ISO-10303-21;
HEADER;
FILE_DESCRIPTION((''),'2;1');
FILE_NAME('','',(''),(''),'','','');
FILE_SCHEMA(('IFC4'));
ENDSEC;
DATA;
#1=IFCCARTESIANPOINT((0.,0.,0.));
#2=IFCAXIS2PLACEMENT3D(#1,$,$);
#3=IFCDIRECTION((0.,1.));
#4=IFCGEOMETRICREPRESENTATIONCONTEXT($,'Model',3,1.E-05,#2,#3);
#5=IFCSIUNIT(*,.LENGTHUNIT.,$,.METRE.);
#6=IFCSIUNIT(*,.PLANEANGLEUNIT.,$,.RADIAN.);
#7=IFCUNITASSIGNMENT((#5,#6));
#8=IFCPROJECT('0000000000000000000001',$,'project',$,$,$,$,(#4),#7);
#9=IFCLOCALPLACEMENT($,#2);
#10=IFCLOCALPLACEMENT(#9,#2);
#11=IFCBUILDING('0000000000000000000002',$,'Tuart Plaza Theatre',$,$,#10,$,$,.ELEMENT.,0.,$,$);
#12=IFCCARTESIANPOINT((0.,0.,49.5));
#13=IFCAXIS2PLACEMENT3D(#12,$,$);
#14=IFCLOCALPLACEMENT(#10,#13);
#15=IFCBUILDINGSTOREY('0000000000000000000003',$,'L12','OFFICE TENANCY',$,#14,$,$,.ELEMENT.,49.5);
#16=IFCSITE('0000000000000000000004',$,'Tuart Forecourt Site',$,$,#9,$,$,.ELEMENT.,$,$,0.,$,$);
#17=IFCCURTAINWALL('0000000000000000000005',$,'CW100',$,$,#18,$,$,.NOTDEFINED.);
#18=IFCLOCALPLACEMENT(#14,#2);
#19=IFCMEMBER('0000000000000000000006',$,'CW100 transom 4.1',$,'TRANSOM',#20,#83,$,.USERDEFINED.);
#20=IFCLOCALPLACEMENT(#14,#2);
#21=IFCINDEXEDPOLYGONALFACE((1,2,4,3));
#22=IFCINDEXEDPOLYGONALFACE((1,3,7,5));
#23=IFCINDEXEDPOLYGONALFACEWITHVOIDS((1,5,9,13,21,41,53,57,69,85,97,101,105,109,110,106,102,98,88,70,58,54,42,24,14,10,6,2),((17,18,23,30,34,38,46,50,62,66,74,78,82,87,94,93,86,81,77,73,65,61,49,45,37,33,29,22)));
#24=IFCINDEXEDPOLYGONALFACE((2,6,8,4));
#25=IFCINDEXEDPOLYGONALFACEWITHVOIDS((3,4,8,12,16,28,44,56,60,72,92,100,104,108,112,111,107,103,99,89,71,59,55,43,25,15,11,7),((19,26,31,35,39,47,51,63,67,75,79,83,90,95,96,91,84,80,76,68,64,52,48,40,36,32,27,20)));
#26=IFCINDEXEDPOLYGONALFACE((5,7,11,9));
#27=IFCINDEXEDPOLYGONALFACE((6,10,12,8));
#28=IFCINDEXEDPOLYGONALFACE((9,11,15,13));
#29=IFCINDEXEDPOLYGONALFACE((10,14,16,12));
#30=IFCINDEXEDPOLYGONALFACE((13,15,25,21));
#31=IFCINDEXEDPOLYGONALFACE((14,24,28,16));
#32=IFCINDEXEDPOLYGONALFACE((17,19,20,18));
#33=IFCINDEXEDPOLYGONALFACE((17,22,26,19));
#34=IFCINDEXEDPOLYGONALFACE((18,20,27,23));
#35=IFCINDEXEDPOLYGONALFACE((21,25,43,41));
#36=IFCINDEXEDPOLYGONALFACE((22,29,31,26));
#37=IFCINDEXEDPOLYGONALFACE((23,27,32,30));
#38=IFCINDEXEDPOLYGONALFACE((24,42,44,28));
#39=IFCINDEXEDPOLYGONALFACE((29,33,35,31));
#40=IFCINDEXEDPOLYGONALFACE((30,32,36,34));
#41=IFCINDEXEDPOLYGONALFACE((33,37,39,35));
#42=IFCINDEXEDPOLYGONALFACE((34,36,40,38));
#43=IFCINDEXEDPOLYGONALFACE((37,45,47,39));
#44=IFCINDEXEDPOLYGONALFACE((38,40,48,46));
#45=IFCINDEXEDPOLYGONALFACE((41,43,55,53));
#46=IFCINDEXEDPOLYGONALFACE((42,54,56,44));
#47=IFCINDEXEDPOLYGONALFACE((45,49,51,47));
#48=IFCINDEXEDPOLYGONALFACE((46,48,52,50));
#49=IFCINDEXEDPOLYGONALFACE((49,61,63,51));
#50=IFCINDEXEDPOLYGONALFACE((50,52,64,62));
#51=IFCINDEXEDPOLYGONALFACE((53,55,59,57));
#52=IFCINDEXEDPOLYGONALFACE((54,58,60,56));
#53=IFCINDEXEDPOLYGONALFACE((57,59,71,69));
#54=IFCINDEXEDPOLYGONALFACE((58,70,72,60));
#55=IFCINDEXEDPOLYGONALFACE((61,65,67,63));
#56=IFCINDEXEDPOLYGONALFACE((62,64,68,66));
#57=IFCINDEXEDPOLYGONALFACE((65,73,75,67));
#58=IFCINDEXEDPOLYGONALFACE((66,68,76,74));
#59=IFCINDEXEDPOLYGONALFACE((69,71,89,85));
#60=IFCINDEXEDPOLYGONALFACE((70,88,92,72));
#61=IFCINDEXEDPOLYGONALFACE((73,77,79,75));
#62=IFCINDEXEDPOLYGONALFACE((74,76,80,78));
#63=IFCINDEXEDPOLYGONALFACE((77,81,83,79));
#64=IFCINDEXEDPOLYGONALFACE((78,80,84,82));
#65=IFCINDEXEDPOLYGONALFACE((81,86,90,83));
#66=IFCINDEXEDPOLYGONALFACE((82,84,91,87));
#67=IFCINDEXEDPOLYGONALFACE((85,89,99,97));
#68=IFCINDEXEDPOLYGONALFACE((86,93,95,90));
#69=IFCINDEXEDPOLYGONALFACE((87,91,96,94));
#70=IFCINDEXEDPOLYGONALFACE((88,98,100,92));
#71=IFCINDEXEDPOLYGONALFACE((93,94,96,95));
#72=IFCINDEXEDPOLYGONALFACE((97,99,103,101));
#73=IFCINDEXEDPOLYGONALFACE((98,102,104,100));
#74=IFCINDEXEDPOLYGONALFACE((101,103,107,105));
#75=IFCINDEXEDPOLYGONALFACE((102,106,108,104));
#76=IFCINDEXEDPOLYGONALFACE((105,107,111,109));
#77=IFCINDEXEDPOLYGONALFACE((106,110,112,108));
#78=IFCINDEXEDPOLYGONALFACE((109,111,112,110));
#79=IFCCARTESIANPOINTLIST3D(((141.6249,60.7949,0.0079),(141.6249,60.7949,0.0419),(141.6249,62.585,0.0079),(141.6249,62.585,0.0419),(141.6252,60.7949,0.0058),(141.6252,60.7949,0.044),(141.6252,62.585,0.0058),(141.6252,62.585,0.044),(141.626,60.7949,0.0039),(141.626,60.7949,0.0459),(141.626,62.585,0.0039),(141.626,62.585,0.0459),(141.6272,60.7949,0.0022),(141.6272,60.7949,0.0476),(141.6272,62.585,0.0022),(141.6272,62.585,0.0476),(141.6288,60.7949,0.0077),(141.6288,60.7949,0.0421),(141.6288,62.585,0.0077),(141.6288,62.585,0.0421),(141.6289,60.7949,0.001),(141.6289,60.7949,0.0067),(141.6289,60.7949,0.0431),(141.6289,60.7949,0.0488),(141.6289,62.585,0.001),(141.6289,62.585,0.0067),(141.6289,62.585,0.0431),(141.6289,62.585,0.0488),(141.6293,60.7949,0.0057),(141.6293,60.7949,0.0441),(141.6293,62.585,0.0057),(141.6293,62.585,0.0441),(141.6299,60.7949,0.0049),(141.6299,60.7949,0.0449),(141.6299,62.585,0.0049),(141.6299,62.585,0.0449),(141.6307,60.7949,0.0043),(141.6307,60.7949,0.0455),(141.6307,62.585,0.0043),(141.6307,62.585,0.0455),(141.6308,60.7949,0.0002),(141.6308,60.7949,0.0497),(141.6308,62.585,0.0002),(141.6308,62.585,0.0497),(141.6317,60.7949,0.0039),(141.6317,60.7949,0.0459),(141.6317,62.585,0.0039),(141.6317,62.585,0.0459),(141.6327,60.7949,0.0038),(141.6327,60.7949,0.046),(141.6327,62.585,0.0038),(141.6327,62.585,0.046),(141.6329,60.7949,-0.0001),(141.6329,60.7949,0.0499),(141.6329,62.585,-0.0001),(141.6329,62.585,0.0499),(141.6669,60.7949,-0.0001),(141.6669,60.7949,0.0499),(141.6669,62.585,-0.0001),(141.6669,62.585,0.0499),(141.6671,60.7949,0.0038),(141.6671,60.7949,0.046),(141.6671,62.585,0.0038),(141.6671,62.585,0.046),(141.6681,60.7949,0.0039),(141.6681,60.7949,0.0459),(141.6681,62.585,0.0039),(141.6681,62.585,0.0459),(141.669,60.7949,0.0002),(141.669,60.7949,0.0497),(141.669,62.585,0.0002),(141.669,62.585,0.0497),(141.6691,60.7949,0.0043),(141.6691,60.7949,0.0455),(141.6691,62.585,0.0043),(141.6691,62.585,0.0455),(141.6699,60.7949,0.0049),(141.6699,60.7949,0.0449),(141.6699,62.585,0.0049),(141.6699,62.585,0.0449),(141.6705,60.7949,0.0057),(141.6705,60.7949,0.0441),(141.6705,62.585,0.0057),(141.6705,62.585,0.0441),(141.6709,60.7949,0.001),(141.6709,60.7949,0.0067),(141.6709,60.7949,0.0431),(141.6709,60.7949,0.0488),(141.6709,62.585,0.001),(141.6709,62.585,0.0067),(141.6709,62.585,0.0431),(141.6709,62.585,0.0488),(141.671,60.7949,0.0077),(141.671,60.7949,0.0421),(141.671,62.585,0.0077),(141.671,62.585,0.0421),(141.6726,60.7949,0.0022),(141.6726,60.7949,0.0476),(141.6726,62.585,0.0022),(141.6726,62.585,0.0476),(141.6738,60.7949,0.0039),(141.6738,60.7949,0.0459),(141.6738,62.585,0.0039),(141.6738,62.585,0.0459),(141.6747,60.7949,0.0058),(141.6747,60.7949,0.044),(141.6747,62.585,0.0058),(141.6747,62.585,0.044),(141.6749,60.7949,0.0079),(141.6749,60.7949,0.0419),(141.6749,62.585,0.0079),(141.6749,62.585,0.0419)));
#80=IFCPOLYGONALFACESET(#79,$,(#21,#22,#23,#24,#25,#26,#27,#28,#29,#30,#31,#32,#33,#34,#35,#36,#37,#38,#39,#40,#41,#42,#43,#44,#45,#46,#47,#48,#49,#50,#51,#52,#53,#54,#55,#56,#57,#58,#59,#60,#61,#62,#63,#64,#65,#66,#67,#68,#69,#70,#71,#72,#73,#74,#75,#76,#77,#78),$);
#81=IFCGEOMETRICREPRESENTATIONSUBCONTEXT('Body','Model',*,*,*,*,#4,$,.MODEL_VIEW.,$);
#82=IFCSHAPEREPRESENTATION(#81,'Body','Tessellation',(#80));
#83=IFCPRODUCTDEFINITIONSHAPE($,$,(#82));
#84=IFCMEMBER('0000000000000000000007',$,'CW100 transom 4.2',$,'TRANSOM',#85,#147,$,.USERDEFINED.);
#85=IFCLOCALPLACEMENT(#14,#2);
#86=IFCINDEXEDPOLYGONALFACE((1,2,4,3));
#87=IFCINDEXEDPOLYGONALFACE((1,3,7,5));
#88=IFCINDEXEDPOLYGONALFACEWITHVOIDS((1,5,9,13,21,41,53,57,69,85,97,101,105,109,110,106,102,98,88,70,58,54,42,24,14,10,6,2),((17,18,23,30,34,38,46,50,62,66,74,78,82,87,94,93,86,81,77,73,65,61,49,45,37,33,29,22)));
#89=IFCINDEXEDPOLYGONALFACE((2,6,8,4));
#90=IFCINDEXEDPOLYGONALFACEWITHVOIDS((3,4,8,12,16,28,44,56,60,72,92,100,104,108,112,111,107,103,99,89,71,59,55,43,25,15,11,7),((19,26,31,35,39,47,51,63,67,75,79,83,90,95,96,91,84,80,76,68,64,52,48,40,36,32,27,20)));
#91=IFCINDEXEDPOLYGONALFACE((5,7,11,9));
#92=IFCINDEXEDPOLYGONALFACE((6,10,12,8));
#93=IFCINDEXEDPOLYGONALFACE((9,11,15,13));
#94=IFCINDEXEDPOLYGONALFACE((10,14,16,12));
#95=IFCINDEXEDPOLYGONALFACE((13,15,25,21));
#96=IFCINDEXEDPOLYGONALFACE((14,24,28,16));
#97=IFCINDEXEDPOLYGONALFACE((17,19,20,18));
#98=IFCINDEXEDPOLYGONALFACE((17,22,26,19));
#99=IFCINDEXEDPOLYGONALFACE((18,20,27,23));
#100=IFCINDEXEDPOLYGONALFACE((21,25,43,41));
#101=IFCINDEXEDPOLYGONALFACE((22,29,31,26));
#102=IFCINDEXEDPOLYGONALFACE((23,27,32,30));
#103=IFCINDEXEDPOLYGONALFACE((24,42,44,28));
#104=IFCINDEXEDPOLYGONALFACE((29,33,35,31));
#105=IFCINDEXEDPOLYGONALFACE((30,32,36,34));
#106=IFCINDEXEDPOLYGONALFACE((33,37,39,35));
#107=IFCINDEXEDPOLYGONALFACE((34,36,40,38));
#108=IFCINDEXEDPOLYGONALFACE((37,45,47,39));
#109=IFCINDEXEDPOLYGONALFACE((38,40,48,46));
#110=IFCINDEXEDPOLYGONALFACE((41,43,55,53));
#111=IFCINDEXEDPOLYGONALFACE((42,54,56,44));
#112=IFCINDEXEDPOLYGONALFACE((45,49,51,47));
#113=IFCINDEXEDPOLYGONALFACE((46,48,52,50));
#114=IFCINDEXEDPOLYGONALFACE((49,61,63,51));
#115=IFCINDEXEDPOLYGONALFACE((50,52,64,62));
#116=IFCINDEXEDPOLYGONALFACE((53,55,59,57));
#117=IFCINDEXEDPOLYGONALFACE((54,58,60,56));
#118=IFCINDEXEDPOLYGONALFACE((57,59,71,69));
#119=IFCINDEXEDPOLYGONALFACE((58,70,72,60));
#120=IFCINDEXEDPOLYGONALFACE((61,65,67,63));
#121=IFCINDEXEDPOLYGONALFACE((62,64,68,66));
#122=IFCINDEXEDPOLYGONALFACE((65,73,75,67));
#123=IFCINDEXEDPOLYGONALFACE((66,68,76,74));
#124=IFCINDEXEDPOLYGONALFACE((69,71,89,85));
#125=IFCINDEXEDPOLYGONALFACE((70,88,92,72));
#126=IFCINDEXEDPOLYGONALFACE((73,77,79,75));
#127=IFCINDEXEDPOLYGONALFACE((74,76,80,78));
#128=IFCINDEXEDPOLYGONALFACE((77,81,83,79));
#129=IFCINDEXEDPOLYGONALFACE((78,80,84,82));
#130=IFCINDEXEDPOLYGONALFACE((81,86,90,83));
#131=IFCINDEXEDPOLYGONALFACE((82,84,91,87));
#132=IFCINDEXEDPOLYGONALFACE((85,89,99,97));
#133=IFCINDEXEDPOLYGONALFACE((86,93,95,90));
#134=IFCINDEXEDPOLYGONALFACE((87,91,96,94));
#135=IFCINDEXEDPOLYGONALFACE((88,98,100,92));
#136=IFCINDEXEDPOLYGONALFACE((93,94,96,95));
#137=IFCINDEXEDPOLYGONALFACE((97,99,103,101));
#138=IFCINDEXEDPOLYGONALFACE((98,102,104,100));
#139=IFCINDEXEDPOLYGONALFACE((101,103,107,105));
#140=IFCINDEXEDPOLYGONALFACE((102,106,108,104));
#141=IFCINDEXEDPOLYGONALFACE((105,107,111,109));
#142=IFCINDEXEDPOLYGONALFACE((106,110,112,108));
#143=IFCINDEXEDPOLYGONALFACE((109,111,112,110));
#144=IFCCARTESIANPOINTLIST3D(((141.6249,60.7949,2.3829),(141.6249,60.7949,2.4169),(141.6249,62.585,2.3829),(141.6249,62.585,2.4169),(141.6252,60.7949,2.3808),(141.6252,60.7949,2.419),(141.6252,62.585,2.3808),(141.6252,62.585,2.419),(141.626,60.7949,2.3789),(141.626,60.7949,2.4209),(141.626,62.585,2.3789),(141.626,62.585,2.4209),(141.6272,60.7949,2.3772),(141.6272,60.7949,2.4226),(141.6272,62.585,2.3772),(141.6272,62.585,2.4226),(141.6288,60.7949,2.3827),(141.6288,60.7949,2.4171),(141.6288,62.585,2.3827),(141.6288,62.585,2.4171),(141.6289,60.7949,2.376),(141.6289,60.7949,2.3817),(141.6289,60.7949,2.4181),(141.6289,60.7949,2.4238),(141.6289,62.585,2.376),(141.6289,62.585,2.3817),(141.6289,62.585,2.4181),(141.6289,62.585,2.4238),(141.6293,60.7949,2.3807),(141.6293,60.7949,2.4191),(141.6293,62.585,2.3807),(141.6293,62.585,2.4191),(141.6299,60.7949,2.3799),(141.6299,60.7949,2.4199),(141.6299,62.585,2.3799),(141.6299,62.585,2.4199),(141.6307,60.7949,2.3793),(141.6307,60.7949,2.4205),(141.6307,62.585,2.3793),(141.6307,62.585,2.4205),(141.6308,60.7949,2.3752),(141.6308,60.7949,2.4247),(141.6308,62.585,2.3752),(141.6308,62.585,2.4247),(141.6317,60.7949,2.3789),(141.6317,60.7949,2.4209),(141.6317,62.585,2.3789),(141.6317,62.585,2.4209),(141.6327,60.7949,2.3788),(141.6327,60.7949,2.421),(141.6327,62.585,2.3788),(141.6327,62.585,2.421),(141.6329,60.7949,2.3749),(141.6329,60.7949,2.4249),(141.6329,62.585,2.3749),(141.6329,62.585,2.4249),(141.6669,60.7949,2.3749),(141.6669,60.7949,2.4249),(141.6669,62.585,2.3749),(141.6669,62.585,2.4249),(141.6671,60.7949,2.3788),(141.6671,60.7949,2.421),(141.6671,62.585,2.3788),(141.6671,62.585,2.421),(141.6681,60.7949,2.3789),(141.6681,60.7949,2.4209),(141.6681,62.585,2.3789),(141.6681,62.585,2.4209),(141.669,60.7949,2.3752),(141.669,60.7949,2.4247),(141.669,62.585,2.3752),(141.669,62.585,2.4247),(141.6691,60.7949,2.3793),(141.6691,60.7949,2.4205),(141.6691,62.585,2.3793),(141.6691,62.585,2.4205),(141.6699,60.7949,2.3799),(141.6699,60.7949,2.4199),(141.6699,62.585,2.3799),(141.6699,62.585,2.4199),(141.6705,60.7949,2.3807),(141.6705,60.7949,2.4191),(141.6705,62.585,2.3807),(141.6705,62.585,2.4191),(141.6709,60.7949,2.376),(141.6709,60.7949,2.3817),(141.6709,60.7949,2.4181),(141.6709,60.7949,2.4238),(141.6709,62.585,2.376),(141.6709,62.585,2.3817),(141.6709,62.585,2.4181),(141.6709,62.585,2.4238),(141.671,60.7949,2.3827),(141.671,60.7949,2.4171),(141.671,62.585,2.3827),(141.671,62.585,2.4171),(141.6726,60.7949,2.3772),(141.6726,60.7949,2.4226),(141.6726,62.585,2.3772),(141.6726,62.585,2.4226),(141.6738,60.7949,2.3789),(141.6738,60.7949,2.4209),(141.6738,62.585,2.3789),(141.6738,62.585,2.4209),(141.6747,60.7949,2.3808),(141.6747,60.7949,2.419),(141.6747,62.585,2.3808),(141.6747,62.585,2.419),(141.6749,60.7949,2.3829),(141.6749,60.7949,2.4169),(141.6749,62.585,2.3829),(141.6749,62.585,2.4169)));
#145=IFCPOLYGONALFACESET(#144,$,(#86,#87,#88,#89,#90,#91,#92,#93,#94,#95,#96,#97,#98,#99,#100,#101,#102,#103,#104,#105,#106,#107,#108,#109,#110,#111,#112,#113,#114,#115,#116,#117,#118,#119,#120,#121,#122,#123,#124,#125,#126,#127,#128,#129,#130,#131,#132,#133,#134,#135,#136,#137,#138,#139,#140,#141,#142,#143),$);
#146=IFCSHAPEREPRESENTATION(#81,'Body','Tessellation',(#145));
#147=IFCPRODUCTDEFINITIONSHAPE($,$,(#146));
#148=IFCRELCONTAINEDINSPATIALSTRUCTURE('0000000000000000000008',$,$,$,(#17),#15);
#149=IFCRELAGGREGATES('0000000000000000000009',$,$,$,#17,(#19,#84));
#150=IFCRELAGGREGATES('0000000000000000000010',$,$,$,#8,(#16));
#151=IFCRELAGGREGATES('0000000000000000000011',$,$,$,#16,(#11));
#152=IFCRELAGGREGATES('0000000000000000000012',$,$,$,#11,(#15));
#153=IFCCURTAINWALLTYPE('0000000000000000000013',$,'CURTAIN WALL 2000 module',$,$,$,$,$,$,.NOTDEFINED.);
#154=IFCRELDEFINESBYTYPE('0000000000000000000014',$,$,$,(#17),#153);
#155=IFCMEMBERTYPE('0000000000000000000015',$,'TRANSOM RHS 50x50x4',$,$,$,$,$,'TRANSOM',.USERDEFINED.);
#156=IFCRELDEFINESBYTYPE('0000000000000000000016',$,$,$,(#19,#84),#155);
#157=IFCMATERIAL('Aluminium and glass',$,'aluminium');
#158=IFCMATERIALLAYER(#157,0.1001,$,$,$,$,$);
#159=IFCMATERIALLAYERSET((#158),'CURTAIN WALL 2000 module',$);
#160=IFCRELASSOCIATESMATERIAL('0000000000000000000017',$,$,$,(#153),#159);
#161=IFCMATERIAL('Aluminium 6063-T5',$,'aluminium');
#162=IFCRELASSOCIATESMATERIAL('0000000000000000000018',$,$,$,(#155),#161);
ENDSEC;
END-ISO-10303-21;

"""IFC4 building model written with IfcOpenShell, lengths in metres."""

from ifc_helpers import new_model, si_unit, direction, frame, origin, origin_2d, place, context, subcontext, project, spatial, hollow_rectangle, extrude, material, layer, layer_set, material_profile, profile_set, type_object, element, aggregate, save


model = new_model("IFC4")

# Units and contexts
model_context = context("Model", 3, precision=1e-05, world=origin(), true_north=direction((0.0, 1.0)))
body_context = subcontext(model_context, "Body", "Model", "MODEL_VIEW")
ifc_project = project(units=[si_unit("LENGTHUNIT", "METRE"), si_unit("PLANEANGLEUNIT", "RADIAN")], contexts=[model_context])

# Site, building, storey
site_placement = place(None, origin())
site = spatial("IfcSite", under=ifc_project, at=site_placement, Name="Tuart Forecourt Site", CompositionType="ELEMENT", RefElevation=0.0)
building_placement = place(site_placement, origin())
building = spatial("IfcBuilding", under=site, at=building_placement, Name="Tuart Plaza Theatre", CompositionType="ELEMENT", ElevationOfRefHeight=0.0)
storey_placement = place(building_placement, frame((0.0, 0.0, 49.5)))
storey = spatial("IfcBuildingStorey", under=building, at=storey_placement, Name="L12", Description="OFFICE TENANCY", CompositionType="ELEMENT", Elevation=49.5)

# Curtain wall
ifc_material_1 = material(Name="Aluminium and glass", Category="aluminium")
ifc_layer_1 = layer(ifc_material_1, 0.1001)
ifc_layer_set_1 = layer_set([ifc_layer_1], Name="CURTAIN WALL 2000 module")
curtain_wall_type = type_object("IfcCurtainWallType", Name="CURTAIN WALL 2000 module", PredefinedType="NOTDEFINED", material=ifc_layer_set_1)
curtain_wall_1_placement = place(storey_placement, origin())
curtain_wall_1 = element("IfcCurtainWall", 1, at=curtain_wall_1_placement, inside=storey, type_object=curtain_wall_type, Name="CW100", PredefinedType="NOTDEFINED")

# Members
ifc_material_2 = material(Name="Aluminium 6063-T5", Category="aluminium")
ifc_material_profile_1 = material_profile(ifc_material_2, hollow_rectangle(XDim=0.05, YDim=0.05, WallThickness=0.0039, InnerFilletRadius=0.0039, OuterFilletRadius=0.0081, at=origin_2d()), Name="RHS 50x50x4")
ifc_profile_set_1 = profile_set([ifc_material_profile_1], Name="Aluminium 6063-T5")
member_type_1 = type_object("IfcMemberType", Name="TRANSOM RHS 50x50x4", ElementType="TRANSOM", PredefinedType="USERDEFINED", material=ifc_profile_set_1)
member_1_placement = place(storey_placement, frame((141.6499, 60.7949, 0.0249), z_axis=(0.0, 1.0, 0.0), x_axis=(-1.0, 0.0, 0.0)))
member_1 = element("IfcMember", 2, at=member_1_placement, type_object=member_type_1, Name="CW100 transom 4.1", ObjectType="TRANSOM", PredefinedType="USERDEFINED", context=body_context, shape_type="SweptSolid", body=[
    extrude(hollow_rectangle(XDim=0.05, YDim=0.05, WallThickness=0.0039, InnerFilletRadius=0.0039, OuterFilletRadius=0.0081, at=origin_2d()), origin(), (0.0, 0.0, 1.0), 1.79),
])
member_2_placement = place(storey_placement, frame((141.6499, 60.7949, 2.3999), z_axis=(0.0, 1.0, 0.0), x_axis=(-1.0, 0.0, 0.0)))
member_2 = element("IfcMember", 3, at=member_2_placement, type_object=member_type_1, Name="CW100 transom 4.2", ObjectType="TRANSOM", PredefinedType="USERDEFINED", context=body_context, shape_type="SweptSolid", body=[
    extrude(hollow_rectangle(XDim=0.05, YDim=0.05, WallThickness=0.0039, InnerFilletRadius=0.0039, OuterFilletRadius=0.0081, at=origin_2d()), origin(), (0.0, 0.0, 1.0), 1.79),
])

aggregate(curtain_wall_1, [member_1, member_2])

save(model, "model.ifc")
